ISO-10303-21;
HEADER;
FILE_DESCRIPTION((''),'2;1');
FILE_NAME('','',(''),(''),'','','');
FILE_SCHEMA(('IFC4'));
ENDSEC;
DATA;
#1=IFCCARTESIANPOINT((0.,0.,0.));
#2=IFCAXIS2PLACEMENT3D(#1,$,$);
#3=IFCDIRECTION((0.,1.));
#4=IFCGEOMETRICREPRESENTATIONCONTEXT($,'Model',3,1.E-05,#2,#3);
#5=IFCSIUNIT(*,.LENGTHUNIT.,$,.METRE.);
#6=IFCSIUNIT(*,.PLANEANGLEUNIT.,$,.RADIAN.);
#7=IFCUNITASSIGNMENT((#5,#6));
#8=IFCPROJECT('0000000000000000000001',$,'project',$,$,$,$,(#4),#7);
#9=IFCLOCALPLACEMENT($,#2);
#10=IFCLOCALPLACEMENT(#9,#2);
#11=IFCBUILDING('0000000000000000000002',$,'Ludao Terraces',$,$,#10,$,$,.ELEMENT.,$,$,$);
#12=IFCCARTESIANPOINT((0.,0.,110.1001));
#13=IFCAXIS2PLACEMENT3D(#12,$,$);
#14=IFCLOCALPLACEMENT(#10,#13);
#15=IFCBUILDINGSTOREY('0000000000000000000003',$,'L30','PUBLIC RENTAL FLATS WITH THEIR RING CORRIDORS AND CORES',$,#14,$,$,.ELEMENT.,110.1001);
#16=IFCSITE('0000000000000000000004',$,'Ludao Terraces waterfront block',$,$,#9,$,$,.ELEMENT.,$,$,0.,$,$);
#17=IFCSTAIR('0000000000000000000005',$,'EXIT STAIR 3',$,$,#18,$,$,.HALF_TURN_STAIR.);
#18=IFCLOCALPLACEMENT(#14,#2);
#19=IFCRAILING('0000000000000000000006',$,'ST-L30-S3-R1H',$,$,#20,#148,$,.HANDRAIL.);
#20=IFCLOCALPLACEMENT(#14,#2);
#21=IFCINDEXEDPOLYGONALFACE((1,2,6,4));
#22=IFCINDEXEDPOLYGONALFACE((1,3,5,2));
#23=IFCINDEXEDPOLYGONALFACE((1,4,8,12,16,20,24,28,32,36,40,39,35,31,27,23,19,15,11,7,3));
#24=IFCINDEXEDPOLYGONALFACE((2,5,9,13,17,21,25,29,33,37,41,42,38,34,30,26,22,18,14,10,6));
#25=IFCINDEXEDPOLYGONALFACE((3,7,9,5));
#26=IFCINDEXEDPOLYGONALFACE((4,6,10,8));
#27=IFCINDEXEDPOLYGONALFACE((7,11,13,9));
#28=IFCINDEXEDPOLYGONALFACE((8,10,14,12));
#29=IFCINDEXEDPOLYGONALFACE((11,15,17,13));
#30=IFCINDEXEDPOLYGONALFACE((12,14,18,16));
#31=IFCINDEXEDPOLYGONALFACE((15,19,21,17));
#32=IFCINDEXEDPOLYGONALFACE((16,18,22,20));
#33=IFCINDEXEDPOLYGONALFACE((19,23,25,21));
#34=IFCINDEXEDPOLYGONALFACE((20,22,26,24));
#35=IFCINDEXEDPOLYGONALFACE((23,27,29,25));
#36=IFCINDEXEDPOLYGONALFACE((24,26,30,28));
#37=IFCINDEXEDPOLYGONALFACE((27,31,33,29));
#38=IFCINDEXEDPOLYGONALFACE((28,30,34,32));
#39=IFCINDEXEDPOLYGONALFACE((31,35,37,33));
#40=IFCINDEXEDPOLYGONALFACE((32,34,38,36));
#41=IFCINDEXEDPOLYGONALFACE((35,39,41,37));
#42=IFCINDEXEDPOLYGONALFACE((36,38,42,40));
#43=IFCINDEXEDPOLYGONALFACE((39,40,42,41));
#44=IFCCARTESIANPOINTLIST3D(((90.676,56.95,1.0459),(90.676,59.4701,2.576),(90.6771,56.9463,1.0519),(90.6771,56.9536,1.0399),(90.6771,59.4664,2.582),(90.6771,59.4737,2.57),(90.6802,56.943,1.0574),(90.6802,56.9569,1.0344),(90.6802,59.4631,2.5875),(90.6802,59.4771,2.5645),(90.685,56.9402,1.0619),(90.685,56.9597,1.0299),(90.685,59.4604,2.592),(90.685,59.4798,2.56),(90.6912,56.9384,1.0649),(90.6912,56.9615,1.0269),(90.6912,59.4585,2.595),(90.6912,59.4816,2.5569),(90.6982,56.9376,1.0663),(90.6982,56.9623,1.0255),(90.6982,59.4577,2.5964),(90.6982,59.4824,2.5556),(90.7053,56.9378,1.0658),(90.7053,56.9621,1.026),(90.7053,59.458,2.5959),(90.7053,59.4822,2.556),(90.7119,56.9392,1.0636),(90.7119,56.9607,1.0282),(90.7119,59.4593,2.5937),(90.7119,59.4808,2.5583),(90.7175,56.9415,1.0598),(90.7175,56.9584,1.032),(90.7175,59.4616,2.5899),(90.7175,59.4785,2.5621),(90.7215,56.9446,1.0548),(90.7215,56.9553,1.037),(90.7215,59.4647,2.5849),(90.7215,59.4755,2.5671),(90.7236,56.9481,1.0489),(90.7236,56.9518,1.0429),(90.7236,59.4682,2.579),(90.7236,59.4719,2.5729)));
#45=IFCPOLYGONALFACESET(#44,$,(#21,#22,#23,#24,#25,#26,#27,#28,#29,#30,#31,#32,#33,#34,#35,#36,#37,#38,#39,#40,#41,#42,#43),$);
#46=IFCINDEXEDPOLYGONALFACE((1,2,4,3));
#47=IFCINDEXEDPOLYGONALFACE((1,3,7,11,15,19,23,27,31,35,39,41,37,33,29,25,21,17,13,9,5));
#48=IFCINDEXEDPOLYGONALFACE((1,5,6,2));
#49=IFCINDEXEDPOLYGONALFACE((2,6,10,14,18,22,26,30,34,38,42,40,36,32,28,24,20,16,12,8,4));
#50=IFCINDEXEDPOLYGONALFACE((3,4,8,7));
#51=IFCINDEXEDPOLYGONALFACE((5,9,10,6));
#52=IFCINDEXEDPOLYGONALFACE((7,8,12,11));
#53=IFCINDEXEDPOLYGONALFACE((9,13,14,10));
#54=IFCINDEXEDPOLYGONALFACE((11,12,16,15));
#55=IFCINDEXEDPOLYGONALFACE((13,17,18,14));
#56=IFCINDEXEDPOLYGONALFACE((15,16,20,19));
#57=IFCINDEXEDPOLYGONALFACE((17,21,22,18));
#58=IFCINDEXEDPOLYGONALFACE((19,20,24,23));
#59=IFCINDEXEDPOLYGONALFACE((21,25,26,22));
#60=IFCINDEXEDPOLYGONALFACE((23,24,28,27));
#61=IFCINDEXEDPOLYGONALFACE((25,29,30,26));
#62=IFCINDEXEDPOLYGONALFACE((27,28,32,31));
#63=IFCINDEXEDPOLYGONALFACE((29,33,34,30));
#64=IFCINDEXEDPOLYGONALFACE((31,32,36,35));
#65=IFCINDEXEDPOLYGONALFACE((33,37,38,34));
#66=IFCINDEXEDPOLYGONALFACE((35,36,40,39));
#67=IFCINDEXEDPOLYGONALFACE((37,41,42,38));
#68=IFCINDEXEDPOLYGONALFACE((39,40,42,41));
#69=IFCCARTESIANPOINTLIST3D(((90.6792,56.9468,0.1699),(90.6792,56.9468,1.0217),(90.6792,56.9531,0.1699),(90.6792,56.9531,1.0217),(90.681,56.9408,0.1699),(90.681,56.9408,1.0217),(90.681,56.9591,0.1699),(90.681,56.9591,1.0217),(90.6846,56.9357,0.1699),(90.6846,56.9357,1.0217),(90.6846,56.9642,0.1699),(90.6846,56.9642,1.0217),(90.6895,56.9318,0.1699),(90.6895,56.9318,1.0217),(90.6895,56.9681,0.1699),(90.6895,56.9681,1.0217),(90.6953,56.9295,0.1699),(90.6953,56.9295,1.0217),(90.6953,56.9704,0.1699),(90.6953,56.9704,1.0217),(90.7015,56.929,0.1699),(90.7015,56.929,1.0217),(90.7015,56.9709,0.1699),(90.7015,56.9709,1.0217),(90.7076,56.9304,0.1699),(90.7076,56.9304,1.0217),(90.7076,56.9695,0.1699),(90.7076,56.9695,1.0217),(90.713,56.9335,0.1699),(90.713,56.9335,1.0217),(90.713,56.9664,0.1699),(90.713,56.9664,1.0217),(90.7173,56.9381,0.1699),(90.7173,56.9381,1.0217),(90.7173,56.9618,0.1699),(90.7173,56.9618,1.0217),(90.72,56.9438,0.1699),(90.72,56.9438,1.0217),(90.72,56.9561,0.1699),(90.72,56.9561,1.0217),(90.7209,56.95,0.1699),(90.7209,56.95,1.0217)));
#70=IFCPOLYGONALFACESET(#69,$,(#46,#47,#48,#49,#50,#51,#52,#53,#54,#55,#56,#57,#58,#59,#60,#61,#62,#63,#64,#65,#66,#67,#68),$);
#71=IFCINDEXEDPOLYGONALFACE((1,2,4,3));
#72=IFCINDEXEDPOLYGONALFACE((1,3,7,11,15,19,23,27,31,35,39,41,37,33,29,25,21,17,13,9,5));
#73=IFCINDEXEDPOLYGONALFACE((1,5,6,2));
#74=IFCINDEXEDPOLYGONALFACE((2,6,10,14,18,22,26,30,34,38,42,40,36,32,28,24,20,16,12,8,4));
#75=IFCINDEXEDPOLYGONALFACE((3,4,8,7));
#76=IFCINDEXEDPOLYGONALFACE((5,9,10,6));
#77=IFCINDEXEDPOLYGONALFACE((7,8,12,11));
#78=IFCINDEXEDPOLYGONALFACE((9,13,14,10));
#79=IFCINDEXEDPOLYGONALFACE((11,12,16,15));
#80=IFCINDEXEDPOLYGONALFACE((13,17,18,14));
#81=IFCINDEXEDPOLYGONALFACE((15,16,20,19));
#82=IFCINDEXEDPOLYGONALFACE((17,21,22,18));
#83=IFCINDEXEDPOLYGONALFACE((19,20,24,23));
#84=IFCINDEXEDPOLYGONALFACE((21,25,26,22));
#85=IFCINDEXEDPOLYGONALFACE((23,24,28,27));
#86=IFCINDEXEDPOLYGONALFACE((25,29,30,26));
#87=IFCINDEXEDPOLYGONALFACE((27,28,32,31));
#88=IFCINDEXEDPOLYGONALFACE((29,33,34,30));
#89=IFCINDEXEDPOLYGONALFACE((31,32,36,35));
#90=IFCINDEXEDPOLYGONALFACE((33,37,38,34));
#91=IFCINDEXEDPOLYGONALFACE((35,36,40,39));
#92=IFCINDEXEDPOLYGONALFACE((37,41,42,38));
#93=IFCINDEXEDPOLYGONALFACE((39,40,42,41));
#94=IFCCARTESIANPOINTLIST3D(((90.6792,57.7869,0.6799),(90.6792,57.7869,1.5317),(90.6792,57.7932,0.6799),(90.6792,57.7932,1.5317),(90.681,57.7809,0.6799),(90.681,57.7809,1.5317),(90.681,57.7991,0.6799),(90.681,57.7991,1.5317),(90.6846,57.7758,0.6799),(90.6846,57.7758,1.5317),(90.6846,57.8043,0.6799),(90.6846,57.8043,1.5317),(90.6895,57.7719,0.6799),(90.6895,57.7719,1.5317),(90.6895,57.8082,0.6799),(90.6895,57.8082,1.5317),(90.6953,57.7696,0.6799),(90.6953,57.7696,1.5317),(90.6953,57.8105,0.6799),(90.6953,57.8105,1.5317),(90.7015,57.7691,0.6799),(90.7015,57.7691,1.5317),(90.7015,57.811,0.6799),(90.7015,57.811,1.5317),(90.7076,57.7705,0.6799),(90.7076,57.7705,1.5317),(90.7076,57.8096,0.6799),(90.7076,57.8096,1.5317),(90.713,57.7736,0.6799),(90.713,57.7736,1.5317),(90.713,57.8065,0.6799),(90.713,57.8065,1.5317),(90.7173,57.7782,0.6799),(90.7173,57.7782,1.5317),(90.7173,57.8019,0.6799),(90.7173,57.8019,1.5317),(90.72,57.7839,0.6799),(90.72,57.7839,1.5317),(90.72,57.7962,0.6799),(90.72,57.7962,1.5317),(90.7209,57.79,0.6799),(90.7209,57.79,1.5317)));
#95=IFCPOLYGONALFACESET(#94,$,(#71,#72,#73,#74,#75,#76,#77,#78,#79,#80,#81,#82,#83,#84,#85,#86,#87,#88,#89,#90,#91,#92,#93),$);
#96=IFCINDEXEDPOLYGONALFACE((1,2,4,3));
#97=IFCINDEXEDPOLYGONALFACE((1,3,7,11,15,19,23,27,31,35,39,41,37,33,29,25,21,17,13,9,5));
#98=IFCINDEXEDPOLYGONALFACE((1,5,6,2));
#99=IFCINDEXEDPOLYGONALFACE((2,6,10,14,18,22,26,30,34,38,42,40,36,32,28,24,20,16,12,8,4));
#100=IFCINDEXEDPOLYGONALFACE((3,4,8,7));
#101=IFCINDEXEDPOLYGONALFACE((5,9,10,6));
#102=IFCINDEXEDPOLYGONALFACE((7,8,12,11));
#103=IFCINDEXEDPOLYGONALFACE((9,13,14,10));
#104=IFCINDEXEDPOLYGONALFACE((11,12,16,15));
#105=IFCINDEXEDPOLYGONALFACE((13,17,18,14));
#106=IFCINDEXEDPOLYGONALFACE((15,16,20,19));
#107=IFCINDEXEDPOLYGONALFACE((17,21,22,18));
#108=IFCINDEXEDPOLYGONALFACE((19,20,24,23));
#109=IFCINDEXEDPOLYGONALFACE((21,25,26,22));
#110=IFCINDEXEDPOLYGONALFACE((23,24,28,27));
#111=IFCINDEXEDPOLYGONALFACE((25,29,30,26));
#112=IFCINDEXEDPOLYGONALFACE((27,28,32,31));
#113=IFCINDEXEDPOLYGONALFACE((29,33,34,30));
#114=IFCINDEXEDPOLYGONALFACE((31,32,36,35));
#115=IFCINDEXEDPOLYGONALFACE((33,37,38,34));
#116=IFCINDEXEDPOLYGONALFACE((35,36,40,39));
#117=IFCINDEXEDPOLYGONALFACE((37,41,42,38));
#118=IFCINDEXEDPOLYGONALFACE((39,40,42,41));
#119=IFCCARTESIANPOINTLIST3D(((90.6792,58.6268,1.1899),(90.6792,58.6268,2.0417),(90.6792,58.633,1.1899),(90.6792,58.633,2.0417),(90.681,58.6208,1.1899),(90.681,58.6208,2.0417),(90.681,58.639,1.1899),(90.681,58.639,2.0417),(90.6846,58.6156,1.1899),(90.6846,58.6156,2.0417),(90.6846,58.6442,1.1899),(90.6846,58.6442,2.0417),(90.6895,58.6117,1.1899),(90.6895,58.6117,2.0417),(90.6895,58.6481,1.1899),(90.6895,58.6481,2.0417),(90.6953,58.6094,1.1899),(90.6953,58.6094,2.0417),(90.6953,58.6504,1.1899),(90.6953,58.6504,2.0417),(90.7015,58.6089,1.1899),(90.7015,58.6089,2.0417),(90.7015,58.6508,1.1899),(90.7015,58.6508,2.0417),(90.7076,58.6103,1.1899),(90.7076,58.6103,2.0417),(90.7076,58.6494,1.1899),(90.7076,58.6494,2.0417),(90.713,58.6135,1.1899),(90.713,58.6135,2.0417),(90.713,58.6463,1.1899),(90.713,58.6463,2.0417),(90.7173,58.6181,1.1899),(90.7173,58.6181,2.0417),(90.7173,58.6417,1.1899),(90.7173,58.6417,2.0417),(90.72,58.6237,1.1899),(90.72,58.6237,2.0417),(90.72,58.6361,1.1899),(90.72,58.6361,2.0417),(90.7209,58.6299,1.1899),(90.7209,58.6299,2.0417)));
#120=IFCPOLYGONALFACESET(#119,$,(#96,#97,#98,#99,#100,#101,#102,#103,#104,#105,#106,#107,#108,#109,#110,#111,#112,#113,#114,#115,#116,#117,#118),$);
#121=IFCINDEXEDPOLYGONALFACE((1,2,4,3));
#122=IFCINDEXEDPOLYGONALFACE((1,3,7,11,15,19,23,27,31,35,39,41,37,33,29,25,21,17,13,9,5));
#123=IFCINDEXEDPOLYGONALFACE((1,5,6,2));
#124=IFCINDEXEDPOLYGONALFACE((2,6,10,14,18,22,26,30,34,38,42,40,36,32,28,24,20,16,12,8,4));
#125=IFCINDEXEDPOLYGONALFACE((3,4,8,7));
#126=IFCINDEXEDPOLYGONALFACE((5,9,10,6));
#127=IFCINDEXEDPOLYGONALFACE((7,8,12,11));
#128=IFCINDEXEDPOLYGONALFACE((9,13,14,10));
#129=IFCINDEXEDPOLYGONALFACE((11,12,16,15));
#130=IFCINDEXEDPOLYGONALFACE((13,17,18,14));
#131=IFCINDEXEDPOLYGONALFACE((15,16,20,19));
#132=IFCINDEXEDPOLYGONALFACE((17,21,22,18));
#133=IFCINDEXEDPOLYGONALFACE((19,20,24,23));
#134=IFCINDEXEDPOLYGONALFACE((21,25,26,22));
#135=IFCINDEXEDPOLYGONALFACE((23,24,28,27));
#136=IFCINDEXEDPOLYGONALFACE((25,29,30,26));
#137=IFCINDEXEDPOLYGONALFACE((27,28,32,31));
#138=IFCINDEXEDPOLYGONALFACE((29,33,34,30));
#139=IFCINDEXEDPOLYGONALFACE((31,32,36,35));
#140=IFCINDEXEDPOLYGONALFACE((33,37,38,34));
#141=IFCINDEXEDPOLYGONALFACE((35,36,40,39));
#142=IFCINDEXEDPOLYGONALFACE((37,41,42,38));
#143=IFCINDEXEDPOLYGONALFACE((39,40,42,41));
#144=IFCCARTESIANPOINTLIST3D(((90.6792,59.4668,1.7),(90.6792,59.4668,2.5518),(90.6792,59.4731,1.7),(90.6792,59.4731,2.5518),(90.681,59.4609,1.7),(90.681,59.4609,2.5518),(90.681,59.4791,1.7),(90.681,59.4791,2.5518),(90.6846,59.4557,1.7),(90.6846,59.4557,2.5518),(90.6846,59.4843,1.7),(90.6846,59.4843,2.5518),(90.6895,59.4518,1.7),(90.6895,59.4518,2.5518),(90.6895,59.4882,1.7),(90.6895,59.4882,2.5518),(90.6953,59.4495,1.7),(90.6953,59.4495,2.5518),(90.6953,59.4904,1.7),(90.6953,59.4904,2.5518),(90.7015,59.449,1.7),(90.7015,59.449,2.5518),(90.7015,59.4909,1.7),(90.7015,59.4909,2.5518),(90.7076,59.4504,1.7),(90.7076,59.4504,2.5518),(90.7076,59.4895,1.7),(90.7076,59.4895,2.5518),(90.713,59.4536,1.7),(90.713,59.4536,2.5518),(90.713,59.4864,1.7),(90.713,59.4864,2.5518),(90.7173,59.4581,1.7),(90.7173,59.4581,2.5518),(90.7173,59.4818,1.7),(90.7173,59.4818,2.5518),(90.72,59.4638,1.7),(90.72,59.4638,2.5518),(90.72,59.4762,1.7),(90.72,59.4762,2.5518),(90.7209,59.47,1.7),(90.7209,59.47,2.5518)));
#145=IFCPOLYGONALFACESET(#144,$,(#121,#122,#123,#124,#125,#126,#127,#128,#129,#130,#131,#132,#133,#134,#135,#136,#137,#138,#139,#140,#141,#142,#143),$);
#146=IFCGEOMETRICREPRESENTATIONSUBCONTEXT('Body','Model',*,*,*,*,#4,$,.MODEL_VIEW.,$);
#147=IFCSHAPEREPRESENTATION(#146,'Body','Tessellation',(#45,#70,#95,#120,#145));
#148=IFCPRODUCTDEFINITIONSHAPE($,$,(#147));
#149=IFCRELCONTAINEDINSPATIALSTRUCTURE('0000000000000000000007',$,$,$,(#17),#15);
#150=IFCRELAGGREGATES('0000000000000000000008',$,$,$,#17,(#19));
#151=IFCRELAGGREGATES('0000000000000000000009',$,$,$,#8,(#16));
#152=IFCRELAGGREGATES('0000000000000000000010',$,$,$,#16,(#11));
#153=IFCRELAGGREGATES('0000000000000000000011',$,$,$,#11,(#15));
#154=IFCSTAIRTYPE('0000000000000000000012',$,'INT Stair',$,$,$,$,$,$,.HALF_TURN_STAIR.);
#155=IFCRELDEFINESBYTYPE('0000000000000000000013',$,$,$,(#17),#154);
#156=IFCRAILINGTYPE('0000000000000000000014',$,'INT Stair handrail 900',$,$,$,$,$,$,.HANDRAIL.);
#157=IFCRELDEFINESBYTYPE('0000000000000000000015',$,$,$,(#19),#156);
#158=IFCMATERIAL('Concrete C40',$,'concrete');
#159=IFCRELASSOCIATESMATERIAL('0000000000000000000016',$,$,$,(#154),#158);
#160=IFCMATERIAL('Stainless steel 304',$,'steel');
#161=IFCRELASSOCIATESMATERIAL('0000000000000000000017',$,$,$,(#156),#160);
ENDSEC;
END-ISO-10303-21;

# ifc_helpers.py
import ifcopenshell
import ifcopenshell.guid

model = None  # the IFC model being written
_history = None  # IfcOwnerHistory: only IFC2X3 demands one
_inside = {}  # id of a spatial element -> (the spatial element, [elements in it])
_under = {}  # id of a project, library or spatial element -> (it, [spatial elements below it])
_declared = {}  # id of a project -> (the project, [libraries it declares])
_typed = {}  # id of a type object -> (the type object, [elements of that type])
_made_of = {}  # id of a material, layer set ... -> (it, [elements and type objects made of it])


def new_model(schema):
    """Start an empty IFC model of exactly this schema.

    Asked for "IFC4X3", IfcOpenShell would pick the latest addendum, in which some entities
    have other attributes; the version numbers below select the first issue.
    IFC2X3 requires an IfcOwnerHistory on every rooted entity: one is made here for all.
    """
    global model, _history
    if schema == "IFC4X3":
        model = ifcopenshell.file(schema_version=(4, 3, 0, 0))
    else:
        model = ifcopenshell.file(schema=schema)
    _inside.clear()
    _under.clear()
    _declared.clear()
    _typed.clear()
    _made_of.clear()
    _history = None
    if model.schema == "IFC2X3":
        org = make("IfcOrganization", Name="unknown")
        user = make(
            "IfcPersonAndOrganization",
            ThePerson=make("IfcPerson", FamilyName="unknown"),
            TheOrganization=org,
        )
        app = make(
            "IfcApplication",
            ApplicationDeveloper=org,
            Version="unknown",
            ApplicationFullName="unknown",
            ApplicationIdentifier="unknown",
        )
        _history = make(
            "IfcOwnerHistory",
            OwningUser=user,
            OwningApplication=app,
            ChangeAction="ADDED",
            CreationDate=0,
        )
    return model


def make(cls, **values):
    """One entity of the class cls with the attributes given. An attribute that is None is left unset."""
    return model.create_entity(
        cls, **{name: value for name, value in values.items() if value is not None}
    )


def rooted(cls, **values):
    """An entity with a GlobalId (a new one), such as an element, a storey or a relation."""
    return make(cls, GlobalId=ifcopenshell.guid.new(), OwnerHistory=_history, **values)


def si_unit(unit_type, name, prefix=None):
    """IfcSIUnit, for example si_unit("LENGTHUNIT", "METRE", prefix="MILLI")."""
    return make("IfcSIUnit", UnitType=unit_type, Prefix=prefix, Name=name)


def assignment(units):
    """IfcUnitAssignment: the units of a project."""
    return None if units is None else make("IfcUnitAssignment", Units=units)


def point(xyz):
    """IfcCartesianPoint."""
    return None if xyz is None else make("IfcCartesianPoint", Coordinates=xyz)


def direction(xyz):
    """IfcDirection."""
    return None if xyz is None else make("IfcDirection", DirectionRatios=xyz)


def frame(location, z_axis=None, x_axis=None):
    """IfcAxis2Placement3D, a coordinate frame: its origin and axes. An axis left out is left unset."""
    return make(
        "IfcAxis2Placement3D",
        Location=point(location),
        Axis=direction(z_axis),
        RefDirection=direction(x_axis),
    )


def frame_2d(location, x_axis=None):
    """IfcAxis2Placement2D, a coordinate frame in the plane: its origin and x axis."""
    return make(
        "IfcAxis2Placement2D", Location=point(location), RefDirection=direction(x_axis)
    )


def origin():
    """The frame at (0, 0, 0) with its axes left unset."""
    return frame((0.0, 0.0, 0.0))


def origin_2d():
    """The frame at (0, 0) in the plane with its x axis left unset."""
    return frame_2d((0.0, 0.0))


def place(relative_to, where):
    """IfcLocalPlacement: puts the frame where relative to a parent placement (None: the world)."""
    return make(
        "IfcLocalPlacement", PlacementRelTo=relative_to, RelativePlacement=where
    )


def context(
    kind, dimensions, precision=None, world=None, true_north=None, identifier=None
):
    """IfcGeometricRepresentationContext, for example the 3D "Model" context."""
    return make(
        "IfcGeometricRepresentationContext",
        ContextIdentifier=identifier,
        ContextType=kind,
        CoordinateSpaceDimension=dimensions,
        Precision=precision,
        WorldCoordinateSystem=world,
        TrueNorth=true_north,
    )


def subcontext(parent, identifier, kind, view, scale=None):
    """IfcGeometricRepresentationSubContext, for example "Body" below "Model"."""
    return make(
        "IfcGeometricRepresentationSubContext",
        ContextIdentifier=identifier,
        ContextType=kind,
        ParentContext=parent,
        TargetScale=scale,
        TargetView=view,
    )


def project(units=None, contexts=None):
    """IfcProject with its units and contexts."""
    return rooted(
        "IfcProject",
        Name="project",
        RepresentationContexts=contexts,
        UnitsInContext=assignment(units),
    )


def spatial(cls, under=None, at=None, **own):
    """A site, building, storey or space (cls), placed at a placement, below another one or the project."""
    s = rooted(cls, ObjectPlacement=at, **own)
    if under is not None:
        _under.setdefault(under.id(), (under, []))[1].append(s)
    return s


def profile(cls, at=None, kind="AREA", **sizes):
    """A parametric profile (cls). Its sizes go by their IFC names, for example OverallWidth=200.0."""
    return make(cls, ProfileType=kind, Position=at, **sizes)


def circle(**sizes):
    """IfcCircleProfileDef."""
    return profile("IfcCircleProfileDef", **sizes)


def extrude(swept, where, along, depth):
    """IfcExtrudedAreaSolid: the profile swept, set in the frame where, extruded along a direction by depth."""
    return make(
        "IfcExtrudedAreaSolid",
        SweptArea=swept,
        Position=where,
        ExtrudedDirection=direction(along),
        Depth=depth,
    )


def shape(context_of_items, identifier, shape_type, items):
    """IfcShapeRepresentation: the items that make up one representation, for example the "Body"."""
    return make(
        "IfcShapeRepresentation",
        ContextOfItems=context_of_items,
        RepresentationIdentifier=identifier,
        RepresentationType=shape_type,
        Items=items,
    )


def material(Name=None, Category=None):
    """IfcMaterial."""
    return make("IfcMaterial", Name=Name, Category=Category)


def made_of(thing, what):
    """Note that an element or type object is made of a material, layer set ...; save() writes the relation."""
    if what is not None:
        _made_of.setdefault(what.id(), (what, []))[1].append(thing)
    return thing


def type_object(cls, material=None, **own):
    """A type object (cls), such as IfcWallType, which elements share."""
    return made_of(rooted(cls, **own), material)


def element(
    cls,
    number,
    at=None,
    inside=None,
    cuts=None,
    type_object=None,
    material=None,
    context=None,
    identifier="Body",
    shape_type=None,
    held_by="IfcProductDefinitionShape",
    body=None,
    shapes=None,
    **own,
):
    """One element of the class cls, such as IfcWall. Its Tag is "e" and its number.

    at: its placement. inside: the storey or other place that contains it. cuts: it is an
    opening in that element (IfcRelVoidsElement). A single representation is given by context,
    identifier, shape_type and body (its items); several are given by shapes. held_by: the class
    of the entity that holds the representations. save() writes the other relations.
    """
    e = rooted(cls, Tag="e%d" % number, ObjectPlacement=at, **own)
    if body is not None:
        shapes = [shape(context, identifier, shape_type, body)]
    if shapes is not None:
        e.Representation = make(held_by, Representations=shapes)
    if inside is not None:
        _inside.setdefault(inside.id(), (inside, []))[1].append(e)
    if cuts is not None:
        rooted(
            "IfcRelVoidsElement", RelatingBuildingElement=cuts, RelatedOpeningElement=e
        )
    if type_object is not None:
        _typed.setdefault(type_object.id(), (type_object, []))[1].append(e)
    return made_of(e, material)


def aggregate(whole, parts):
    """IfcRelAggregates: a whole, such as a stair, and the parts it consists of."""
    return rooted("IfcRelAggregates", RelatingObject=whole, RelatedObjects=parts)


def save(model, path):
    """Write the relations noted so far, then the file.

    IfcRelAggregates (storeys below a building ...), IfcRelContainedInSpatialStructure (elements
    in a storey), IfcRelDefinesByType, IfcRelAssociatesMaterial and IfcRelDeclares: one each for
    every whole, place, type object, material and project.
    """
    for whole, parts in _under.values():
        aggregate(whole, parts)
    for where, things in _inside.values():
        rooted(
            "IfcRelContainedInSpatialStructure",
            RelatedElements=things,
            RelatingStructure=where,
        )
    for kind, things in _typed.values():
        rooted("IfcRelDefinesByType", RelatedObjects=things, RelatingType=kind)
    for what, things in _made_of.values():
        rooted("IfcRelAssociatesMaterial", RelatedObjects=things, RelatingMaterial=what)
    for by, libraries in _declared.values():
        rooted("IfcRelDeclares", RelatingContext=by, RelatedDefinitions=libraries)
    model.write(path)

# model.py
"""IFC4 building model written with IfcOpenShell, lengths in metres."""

from ifc_helpers import new_model, si_unit, direction, frame, origin, origin_2d, place, context, subcontext, project, spatial, circle, extrude, material, type_object, element, aggregate, save


model = new_model("IFC4")

# Units and contexts
model_context = context("Model", 3, precision=1e-05, world=origin(), true_north=direction((0.0, 1.0)))
body_context = subcontext(model_context, "Body", "Model", "MODEL_VIEW")
ifc_project = project(units=[si_unit("LENGTHUNIT", "METRE"), si_unit("PLANEANGLEUNIT", "RADIAN")], contexts=[model_context])

# Site, building, storey
site_placement = place(None, origin())
site = spatial("IfcSite", under=ifc_project, at=site_placement, Name="Ludao Terraces waterfront block", CompositionType="ELEMENT", RefElevation=0.0)
building_placement = place(site_placement, origin())
building = spatial("IfcBuilding", under=site, at=building_placement, Name="Ludao Terraces", CompositionType="ELEMENT")
storey_placement = place(building_placement, frame((0.0, 0.0, 110.1001)))
storey = spatial("IfcBuildingStorey", under=building, at=storey_placement, Name="L30", Description="PUBLIC RENTAL FLATS WITH THEIR RING CORRIDORS AND CORES", CompositionType="ELEMENT", Elevation=110.1001)

# Shared definitions
ifc_material_1 = material(Name="Concrete C40", Category="concrete")

# Stair, railing
stair_type = type_object("IfcStairType", Name="INT Stair", PredefinedType="HALF_TURN_STAIR", material=ifc_material_1)
stair_placement = place(storey_placement, origin())
stair = element("IfcStair", 1, at=stair_placement, inside=storey, type_object=stair_type, Name="EXIT STAIR 3", PredefinedType="HALF_TURN_STAIR")
ifc_material_2 = material(Name="Stainless steel 304", Category="steel")
railing_type_1 = type_object("IfcRailingType", Name="INT Stair handrail 900", PredefinedType="HANDRAIL", material=ifc_material_2)
railing_1_placement = place(storey_placement, frame((90.7, 56.95, 0.1699)))
railing_1 = element("IfcRailing", 2, at=railing_1_placement, type_object=railing_type_1, Name="ST-L30-S3-R1H", PredefinedType="HANDRAIL", context=body_context, shape_type="SweptSolid", body=[
    extrude(circle(Radius=0.0239, at=origin_2d()), frame((0.0, 0.0, 0.876), z_axis=(0.0, 0.854785, 0.518982), x_axis=(-1.0, 0.0, 0.0)), (0.0, 0.0, 1.0), 2.9482),
    extrude(circle(Radius=0.021, at=origin_2d()), origin(), (0.0, 0.0, 1.0), 0.8518),
    extrude(circle(Radius=0.021, at=origin_2d()), frame((0.0, 0.8401, 0.51)), (0.0, 0.0, 1.0), 0.8518),
    extrude(circle(Radius=0.021, at=origin_2d()), frame((0.0, 1.6799, 1.02)), (0.0, 0.0, 1.0), 0.8518),
    extrude(circle(Radius=0.021, at=origin_2d()), frame((0.0, 2.52, 1.53)), (0.0, 0.0, 1.0), 0.8518),
])
aggregate(stair, [railing_1])

save(model, "model.ifc")
